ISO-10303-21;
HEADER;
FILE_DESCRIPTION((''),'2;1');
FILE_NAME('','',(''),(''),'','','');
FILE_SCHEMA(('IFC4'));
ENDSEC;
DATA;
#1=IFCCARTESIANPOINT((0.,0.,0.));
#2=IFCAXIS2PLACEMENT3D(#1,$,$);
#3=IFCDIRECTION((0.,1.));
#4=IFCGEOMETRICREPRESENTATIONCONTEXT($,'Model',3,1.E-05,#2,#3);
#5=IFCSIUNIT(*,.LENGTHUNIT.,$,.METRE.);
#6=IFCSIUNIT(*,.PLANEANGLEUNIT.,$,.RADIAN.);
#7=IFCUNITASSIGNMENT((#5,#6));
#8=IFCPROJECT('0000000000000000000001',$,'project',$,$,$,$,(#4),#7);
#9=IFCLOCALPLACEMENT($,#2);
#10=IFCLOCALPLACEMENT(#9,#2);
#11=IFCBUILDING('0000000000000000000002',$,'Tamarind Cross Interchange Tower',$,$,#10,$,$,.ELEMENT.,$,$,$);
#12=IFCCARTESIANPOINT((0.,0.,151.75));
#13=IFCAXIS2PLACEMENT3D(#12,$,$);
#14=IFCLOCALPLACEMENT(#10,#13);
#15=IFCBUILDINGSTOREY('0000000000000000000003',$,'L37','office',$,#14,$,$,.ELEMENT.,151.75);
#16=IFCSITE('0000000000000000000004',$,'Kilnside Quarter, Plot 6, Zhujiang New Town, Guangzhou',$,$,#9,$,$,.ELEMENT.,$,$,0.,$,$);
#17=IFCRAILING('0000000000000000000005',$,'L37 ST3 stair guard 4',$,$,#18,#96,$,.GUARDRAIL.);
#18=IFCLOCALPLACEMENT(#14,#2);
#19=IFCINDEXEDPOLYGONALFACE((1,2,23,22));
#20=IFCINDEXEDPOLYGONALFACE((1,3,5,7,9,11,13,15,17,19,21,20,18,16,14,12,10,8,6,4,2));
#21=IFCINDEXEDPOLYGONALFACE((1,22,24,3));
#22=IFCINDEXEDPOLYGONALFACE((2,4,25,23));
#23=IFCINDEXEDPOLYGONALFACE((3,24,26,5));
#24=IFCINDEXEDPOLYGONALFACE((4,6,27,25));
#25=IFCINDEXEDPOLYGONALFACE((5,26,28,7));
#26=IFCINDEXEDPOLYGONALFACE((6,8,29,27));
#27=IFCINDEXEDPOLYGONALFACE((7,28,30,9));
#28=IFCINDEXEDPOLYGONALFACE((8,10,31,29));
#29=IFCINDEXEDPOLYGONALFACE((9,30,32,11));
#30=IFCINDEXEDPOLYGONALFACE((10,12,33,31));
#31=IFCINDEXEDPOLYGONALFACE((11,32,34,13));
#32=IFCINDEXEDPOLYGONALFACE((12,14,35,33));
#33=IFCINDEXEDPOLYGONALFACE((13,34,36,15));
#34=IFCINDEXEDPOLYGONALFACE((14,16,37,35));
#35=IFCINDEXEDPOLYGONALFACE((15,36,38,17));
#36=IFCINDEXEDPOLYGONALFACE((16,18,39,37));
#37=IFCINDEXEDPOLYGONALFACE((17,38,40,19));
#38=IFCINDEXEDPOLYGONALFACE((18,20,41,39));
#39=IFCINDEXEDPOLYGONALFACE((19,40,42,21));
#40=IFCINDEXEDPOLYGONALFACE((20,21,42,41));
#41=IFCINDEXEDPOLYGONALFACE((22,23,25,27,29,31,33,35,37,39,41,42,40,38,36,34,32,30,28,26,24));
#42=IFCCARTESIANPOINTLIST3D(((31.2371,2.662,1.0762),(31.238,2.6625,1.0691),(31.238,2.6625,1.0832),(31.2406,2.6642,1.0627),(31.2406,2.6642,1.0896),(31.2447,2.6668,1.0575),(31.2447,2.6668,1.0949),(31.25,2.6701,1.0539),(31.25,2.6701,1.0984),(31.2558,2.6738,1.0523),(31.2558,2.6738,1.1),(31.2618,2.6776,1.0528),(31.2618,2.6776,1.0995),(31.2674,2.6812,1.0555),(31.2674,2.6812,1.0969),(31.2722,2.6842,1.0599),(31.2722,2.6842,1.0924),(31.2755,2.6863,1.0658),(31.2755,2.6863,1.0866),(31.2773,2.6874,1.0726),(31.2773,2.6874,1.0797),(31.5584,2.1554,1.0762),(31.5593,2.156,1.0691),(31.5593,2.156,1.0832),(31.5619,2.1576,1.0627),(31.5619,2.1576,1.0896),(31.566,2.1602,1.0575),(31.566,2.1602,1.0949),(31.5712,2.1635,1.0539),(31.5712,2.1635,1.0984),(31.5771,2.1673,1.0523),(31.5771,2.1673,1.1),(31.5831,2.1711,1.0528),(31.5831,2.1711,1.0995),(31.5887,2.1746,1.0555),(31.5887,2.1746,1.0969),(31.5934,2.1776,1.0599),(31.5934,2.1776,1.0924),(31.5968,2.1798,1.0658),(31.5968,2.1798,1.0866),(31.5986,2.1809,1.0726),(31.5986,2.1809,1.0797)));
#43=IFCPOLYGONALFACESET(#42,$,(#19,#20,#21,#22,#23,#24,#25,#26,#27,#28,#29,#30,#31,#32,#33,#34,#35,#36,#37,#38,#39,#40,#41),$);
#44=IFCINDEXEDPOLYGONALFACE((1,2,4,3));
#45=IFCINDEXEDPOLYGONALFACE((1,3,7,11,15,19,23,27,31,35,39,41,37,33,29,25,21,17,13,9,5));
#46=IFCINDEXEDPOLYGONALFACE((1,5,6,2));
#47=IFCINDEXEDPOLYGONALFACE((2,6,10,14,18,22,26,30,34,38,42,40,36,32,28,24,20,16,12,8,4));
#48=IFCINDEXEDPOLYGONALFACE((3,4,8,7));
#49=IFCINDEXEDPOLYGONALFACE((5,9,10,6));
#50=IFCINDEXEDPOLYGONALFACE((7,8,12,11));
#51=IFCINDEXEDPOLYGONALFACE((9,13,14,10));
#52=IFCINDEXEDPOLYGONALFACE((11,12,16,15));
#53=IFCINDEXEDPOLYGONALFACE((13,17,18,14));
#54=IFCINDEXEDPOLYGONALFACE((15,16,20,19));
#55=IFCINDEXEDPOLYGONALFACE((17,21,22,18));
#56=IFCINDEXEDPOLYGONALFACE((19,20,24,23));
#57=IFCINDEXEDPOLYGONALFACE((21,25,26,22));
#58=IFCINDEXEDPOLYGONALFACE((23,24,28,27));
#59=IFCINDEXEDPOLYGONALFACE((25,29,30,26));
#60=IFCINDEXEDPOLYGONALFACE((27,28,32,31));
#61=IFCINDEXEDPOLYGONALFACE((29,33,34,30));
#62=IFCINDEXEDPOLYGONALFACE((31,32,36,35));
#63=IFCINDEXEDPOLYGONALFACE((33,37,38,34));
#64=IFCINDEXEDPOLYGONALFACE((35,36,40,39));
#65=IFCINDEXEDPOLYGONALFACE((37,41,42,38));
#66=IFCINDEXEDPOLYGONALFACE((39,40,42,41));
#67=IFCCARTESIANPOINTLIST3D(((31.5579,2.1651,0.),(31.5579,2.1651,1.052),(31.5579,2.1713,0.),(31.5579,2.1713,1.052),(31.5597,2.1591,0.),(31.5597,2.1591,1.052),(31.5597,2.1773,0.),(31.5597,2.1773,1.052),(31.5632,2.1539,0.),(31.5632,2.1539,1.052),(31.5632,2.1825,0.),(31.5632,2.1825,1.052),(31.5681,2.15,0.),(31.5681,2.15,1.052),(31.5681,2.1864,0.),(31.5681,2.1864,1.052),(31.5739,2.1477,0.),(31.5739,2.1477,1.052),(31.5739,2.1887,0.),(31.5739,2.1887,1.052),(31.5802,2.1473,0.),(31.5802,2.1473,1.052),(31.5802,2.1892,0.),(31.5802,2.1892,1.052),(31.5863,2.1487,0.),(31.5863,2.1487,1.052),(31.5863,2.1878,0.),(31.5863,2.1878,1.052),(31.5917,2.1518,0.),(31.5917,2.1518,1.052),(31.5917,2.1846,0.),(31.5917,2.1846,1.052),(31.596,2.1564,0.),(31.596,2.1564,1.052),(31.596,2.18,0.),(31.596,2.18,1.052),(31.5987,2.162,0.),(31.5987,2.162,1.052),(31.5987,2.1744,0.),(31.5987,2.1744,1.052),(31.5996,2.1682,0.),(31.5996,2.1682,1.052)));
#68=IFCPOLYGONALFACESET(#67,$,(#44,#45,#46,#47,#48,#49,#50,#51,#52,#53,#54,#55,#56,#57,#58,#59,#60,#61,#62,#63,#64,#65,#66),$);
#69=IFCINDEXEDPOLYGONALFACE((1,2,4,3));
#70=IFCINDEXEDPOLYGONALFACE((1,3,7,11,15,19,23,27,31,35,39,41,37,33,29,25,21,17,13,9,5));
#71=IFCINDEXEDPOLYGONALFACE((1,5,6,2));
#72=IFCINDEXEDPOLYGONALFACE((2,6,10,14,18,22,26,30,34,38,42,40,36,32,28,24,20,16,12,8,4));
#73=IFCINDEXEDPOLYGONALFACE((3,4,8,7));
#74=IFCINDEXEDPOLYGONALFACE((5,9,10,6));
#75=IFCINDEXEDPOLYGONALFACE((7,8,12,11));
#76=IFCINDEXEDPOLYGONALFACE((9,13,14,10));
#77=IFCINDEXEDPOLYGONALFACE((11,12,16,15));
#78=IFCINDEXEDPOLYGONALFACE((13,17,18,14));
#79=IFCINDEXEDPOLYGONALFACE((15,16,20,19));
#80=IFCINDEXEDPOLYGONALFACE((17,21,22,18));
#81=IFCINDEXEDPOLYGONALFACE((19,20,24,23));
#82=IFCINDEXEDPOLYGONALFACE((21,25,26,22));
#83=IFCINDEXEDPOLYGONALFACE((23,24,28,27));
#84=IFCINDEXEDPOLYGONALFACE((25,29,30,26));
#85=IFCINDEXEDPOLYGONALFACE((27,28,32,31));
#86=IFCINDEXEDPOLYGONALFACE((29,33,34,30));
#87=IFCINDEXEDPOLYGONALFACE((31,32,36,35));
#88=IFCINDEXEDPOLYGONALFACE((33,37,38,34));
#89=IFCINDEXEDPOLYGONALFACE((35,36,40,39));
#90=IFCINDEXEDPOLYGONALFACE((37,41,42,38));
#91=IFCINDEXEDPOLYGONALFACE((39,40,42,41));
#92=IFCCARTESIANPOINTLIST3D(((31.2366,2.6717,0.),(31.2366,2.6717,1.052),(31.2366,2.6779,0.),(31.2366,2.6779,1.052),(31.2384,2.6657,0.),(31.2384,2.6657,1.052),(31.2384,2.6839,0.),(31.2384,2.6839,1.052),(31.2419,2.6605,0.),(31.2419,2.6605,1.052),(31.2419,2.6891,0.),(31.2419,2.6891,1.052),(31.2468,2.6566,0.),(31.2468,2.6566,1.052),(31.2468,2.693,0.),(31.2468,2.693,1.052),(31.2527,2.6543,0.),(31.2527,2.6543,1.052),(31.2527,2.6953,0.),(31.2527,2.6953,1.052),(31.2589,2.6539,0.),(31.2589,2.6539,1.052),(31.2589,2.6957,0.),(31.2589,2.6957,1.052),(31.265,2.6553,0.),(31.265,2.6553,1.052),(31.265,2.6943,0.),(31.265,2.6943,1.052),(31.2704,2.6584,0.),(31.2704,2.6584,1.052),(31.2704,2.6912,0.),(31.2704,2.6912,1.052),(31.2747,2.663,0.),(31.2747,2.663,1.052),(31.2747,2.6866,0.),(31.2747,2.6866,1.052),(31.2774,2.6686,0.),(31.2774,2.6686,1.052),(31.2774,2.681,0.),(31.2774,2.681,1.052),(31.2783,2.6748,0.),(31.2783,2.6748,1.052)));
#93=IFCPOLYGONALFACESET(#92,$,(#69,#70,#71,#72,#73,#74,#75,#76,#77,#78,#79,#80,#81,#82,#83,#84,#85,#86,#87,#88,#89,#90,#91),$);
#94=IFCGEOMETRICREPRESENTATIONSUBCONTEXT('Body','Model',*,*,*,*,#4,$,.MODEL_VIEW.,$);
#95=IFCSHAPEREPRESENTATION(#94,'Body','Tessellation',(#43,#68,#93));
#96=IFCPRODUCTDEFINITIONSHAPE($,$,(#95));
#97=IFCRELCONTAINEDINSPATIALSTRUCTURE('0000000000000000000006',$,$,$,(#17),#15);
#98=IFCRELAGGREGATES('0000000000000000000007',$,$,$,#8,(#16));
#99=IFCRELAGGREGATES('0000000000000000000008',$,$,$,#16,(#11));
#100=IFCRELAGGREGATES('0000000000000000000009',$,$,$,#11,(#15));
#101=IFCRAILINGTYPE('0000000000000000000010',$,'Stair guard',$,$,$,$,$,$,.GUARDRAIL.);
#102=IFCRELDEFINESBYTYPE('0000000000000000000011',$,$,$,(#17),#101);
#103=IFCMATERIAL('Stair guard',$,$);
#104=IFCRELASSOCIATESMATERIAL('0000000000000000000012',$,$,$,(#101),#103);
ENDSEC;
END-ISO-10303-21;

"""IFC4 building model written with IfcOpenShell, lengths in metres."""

from ifc_helpers import new_model, si_unit, direction, frame, origin, origin_2d, place, context, subcontext, project, spatial, circle, extrude, material, type_object, element, save


model = new_model("IFC4")

# Units and contexts
model_context = context("Model", 3, precision=1e-05, world=origin(), true_north=direction((0.0, 1.0)))
body_context = subcontext(model_context, "Body", "Model", "MODEL_VIEW")
ifc_project = project(units=[si_unit("LENGTHUNIT", "METRE"), si_unit("PLANEANGLEUNIT", "RADIAN")], contexts=[model_context])

# Site, building, storey
site_placement = place(None, origin())
site = spatial("IfcSite", under=ifc_project, at=site_placement, Name="Kilnside Quarter, Plot 6, Zhujiang New Town, Guangzhou", CompositionType="ELEMENT", RefElevation=0.0)
building_placement = place(site_placement, origin())
building = spatial("IfcBuilding", under=site, at=building_placement, Name="Tamarind Cross Interchange Tower", CompositionType="ELEMENT")
storey_placement = place(building_placement, frame((0.0, 0.0, 151.75)))
storey = spatial("IfcBuildingStorey", under=building, at=storey_placement, Name="L37", Description="office", CompositionType="ELEMENT", Elevation=151.75)

# Railing
ifc_material_1 = material(Name="Stair guard")
railing_type_1 = type_object("IfcRailingType", Name="Stair guard", PredefinedType="GUARDRAIL", material=ifc_material_1)
railing_1_placement = place(storey_placement, frame((31.5786, 2.1682, 0.0)))
element("IfcRailing", 1, at=railing_1_placement, inside=storey, type_object=railing_type_1, Name="L37 ST3 stair guard 4", PredefinedType="GUARDRAIL", context=body_context, shape_type="SweptSolid", body=[
    extrude(circle(Radius=0.0239, at=origin_2d()), frame((0.0, 0.0, 1.0762), z_axis=(-0.535585, 0.844482, 0.0), x_axis=(-0.844482, -0.535585, 0.0)), (0.0, 0.0, 1.0), 0.5999),
    extrude(circle(Radius=0.021, at=origin_2d()), origin(), (0.0, 0.0, 1.0), 1.052),
    extrude(circle(Radius=0.021, at=origin_2d()), frame((-0.3213, 0.5066, 0.0)), (0.0, 0.0, 1.0), 1.052),
])

save(model, "model.ifc")
